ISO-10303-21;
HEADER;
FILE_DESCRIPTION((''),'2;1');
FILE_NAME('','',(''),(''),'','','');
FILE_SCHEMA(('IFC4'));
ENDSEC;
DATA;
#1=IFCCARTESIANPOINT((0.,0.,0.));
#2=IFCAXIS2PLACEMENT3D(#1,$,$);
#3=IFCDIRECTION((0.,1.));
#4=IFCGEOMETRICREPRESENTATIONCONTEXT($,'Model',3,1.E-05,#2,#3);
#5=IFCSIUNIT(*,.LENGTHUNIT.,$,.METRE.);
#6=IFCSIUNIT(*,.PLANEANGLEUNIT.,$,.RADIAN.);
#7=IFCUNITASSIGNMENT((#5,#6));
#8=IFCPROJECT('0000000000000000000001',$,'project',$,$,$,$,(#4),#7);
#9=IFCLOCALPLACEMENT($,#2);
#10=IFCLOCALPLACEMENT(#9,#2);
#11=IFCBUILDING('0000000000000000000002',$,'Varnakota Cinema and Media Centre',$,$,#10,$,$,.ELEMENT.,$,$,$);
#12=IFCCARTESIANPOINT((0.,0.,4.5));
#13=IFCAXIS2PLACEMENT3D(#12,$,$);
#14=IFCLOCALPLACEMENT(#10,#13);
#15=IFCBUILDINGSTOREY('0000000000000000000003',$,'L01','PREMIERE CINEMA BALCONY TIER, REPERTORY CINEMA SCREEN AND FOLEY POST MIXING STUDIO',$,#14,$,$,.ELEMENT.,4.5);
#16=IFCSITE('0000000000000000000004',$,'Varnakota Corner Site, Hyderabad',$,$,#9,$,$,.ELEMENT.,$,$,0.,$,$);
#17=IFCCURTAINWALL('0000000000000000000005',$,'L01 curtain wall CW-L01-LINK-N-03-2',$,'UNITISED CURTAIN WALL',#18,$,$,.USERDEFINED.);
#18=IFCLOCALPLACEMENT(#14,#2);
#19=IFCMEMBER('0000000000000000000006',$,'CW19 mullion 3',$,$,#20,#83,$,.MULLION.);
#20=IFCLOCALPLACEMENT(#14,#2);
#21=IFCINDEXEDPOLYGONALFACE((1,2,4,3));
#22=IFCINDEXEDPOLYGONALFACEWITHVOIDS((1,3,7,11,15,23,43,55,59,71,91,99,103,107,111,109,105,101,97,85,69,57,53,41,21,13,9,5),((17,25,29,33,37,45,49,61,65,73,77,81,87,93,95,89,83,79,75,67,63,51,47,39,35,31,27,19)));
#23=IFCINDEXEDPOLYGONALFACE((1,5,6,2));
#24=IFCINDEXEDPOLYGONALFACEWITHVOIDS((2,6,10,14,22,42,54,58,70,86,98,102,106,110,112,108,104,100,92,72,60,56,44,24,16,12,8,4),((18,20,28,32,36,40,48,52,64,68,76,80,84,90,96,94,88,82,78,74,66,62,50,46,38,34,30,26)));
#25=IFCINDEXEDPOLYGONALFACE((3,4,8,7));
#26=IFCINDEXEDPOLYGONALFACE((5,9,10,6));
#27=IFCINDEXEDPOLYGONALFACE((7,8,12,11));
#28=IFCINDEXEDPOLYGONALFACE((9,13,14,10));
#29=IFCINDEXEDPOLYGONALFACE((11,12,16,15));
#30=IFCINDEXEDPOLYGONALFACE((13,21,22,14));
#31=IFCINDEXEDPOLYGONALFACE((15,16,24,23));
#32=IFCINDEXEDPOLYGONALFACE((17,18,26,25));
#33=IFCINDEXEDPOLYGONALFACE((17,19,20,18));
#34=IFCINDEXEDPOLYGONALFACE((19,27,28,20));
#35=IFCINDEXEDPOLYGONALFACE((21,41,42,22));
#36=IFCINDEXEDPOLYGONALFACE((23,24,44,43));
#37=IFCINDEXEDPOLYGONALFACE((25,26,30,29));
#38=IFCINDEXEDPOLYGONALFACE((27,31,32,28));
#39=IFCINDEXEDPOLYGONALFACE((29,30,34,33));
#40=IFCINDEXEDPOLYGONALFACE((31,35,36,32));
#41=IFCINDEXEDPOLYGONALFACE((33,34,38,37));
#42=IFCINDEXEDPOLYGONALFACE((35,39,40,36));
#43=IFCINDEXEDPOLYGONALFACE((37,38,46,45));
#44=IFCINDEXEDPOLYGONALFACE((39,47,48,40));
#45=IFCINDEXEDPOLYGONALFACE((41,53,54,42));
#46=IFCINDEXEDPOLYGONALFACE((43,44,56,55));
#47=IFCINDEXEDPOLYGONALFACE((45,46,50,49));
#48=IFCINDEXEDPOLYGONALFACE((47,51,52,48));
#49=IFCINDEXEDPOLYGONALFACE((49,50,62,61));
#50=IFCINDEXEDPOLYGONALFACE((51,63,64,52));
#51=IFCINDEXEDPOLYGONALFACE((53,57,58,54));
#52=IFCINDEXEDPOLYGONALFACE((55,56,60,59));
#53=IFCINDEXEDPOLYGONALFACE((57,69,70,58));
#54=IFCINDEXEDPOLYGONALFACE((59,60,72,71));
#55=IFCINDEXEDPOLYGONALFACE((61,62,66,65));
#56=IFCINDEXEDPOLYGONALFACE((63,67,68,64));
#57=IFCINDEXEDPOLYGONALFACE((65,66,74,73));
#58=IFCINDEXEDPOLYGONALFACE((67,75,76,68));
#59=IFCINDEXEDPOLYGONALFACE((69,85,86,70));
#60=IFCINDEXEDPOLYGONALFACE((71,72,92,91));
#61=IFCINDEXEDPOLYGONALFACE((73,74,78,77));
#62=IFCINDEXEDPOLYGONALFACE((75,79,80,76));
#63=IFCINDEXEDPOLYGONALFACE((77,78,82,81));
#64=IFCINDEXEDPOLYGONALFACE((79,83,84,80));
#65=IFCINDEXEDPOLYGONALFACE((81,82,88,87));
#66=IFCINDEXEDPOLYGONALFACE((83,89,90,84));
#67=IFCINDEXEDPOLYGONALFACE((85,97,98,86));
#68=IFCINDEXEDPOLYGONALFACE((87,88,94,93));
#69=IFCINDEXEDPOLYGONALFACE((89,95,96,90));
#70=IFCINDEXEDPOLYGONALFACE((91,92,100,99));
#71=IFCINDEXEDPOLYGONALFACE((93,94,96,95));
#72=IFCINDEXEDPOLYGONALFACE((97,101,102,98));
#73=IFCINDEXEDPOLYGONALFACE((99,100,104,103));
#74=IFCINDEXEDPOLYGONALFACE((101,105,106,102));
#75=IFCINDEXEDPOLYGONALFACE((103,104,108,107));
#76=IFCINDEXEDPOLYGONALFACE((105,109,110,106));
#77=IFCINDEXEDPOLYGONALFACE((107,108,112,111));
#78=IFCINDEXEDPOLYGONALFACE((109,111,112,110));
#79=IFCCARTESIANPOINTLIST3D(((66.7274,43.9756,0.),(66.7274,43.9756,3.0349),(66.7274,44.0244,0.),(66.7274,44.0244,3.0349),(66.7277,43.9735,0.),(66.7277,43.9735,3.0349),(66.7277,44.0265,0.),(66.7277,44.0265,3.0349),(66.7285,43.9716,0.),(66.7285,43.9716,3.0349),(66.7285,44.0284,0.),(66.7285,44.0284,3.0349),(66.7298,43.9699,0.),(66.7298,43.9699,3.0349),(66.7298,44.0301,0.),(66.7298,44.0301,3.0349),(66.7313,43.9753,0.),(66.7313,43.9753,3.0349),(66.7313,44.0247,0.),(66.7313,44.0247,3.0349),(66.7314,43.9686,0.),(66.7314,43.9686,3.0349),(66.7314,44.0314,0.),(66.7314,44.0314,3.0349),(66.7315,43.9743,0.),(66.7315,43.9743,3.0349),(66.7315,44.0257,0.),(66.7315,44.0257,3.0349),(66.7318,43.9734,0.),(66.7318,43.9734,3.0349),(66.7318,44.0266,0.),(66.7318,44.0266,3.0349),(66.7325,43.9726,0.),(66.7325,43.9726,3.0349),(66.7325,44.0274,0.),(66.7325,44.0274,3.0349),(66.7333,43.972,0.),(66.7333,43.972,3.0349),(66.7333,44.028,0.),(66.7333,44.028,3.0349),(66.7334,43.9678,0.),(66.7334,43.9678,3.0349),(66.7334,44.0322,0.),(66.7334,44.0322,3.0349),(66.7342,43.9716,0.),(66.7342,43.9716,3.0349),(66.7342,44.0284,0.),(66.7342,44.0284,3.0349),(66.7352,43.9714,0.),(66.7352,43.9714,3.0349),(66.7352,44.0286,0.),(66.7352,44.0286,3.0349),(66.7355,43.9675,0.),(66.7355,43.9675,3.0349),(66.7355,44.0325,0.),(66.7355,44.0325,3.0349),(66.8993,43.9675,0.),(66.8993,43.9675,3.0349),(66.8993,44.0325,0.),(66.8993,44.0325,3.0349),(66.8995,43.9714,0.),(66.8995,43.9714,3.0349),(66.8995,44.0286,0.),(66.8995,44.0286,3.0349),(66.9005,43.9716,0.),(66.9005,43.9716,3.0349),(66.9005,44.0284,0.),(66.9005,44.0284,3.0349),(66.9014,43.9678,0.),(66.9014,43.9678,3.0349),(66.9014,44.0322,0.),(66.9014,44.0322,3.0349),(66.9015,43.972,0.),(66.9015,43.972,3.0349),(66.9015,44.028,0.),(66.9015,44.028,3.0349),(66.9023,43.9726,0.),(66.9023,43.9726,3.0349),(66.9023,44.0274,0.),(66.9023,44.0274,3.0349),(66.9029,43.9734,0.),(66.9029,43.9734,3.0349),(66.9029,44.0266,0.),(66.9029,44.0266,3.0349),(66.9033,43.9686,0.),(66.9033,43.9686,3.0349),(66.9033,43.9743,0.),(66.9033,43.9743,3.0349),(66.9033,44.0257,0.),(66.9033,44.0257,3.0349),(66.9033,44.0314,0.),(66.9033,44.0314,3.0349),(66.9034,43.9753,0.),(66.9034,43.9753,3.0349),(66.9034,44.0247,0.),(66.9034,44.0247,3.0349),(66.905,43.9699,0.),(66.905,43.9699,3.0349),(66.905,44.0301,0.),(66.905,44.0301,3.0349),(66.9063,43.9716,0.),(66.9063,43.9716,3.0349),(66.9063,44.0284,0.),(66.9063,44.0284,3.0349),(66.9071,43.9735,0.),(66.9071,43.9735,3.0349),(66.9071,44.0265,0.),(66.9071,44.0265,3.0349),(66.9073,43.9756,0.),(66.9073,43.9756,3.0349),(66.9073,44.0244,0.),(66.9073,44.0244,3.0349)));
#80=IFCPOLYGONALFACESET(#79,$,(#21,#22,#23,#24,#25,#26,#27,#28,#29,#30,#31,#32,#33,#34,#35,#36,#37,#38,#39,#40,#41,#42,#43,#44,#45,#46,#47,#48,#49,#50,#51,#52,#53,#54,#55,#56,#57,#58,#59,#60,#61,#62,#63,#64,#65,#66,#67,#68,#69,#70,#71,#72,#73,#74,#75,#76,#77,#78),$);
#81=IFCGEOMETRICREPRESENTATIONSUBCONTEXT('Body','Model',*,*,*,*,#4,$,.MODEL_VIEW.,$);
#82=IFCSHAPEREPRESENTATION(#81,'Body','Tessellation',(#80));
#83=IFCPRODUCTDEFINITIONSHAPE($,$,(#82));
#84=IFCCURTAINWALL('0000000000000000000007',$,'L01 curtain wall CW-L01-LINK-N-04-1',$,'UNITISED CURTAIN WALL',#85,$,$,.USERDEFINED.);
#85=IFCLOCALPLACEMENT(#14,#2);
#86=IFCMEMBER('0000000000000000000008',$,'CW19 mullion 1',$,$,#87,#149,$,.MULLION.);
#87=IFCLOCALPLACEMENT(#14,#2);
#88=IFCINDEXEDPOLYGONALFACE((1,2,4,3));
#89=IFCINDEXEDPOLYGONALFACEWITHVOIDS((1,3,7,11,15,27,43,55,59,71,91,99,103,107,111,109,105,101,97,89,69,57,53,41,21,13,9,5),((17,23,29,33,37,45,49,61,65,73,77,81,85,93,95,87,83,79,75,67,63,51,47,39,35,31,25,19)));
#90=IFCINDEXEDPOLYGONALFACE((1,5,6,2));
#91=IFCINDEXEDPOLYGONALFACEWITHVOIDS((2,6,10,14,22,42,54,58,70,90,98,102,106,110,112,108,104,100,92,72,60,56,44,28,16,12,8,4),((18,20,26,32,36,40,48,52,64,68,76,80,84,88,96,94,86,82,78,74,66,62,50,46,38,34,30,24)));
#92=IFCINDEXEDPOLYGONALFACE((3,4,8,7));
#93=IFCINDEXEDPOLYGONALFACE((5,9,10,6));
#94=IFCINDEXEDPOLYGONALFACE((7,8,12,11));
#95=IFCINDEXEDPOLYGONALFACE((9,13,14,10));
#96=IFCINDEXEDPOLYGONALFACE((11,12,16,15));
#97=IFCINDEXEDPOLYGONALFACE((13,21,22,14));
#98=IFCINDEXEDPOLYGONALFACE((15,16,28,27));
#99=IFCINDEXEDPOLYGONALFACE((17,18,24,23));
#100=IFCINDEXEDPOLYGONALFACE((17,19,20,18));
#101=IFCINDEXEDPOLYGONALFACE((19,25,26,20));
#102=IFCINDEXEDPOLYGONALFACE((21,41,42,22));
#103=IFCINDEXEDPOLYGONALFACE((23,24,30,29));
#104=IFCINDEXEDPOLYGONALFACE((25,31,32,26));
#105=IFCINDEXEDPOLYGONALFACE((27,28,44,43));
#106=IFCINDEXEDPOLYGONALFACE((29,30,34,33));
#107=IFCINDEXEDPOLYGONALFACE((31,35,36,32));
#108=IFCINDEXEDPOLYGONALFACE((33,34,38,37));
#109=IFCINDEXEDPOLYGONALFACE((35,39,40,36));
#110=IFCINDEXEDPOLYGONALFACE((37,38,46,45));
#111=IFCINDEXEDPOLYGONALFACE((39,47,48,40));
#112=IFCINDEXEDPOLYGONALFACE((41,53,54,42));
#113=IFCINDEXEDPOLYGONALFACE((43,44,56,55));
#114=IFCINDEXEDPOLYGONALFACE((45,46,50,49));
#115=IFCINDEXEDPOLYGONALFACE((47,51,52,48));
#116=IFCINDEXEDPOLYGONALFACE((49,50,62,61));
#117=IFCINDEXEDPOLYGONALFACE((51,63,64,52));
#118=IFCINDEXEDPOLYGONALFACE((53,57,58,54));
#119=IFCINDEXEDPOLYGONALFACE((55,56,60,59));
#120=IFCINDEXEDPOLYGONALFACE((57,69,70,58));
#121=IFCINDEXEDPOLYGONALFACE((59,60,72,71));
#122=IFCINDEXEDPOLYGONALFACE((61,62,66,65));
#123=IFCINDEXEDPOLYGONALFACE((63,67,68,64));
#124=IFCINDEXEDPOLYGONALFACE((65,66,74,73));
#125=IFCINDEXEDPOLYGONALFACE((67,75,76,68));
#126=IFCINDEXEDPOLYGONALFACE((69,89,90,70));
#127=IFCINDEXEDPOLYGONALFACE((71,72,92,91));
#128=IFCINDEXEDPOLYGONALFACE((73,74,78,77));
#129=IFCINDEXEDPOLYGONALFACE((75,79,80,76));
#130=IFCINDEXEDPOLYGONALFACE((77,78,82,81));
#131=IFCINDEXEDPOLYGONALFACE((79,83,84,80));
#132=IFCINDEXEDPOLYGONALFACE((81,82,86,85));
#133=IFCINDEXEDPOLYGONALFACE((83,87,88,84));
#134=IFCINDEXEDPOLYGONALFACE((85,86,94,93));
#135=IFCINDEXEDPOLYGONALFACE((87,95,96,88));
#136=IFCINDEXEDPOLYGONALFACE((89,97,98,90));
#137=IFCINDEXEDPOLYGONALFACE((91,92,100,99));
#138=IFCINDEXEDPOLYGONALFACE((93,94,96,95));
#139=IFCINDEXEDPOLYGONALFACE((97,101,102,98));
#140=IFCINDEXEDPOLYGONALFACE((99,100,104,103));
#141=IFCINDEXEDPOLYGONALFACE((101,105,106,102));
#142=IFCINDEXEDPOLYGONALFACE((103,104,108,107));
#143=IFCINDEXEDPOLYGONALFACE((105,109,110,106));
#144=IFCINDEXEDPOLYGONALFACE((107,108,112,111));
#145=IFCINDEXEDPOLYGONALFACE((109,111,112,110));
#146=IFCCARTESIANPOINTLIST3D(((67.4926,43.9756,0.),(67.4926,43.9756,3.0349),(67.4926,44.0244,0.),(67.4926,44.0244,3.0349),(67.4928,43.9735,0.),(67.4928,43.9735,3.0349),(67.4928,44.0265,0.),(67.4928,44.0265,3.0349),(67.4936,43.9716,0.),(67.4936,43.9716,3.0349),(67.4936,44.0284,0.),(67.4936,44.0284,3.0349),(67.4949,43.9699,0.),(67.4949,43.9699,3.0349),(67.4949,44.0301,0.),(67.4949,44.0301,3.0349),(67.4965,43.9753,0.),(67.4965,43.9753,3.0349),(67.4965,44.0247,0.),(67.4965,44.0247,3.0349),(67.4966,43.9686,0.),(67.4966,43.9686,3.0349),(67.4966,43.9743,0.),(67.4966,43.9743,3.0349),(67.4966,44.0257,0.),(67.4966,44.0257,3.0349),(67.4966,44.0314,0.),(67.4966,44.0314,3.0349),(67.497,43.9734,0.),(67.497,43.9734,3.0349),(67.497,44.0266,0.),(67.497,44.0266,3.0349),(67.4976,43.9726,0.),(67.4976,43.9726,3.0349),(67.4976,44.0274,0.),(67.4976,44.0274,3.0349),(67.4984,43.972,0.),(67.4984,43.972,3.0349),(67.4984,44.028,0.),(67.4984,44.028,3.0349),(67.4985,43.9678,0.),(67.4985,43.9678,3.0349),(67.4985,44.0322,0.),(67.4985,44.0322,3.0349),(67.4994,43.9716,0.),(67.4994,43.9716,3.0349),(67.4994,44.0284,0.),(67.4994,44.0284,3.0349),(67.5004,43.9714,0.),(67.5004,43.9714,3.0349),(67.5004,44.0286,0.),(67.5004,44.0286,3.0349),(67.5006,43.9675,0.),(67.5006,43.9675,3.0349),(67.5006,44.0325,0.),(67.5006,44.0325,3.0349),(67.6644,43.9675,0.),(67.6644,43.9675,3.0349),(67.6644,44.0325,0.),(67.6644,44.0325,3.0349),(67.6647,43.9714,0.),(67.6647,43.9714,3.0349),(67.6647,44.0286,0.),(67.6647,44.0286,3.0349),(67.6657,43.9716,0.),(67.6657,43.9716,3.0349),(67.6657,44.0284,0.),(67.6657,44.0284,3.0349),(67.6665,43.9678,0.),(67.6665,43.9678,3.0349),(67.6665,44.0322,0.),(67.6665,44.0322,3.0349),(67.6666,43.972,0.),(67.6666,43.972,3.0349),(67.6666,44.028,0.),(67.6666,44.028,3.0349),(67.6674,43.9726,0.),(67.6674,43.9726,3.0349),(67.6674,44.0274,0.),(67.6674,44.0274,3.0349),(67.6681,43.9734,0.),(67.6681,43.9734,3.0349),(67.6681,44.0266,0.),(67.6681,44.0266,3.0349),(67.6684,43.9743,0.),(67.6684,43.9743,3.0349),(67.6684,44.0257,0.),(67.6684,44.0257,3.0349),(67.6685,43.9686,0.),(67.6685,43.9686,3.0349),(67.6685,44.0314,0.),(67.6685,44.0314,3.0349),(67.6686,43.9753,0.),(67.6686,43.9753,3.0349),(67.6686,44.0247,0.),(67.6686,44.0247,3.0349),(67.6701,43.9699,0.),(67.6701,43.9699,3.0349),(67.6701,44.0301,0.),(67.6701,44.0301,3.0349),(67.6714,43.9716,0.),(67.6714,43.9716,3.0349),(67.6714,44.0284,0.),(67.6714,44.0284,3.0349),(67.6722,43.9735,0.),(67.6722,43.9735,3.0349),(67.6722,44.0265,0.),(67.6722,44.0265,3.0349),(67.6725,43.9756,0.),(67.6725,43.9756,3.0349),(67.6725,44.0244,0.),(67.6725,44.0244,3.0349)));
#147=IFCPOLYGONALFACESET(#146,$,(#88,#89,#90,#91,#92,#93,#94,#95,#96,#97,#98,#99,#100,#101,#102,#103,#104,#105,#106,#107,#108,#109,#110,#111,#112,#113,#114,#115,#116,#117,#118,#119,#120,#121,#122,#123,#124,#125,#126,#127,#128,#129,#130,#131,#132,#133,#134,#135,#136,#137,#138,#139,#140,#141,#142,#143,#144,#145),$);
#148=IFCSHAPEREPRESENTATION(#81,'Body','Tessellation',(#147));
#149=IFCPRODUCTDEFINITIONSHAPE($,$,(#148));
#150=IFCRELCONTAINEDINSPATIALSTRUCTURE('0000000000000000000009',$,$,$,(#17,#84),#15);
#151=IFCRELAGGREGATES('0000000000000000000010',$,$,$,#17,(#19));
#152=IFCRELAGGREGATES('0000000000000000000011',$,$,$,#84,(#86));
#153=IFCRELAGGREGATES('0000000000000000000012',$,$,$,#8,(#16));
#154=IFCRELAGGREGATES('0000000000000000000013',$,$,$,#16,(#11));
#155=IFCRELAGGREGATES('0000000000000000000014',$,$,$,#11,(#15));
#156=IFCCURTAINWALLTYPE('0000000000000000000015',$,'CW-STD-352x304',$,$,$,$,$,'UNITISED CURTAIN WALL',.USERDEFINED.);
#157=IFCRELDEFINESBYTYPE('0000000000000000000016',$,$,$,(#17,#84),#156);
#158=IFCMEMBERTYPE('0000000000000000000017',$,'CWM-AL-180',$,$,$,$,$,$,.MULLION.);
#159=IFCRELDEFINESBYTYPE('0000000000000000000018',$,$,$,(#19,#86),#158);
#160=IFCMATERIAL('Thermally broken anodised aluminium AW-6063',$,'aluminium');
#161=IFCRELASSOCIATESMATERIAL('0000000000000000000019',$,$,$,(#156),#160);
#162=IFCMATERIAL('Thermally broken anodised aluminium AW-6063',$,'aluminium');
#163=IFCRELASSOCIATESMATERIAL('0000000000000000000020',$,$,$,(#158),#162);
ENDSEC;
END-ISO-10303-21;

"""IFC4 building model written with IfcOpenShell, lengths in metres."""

from ifc_helpers import new_model, si_unit, direction, frame, origin, origin_2d, place, context, subcontext, project, spatial, hollow_rectangle, extrude, material, material_profile, profile_set, type_object, element, aggregate, save


model = new_model("IFC4")

# Units and contexts
model_context = context("Model", 3, precision=1e-05, world=origin(), true_north=direction((0.0, 1.0)))
body_context = subcontext(model_context, "Body", "Model", "MODEL_VIEW")
ifc_project = project(units=[si_unit("LENGTHUNIT", "METRE"), si_unit("PLANEANGLEUNIT", "RADIAN")], contexts=[model_context])

# Site, building, storey
site_placement = place(None, origin())
site = spatial("IfcSite", under=ifc_project, at=site_placement, Name="Varnakota Corner Site, Hyderabad", CompositionType="ELEMENT", RefElevation=0.0)
building_placement = place(site_placement, origin())
building = spatial("IfcBuilding", under=site, at=building_placement, Name="Varnakota Cinema and Media Centre", CompositionType="ELEMENT")
storey_placement = place(building_placement, frame((0.0, 0.0, 4.5)))
storey = spatial("IfcBuildingStorey", under=building, at=storey_placement, Name="L01", Description="PREMIERE CINEMA BALCONY TIER, REPERTORY CINEMA SCREEN AND FOLEY POST MIXING STUDIO", CompositionType="ELEMENT", Elevation=4.5)

# Curtain walls, members
ifc_material_1 = material(Name="Thermally broken anodised aluminium AW-6063", Category="aluminium")
curtain_wall_type_1 = type_object("IfcCurtainWallType", Name="CW-STD-352x304", ElementType="UNITISED CURTAIN WALL", PredefinedType="USERDEFINED", material=ifc_material_1)
curtain_wall_1_placement = place(storey_placement, origin())
curtain_wall_1 = element("IfcCurtainWall", 1, at=curtain_wall_1_placement, inside=storey, type_object=curtain_wall_type_1, Name="L01 curtain wall CW-L01-LINK-N-03-2", ObjectType="UNITISED CURTAIN WALL", PredefinedType="USERDEFINED")
ifc_material_2 = material(Name="Thermally broken anodised aluminium AW-6063", Category="aluminium")
ifc_material_profile_1 = material_profile(ifc_material_2, hollow_rectangle(XDim=0.0649, YDim=0.1799, WallThickness=0.0039, InnerFilletRadius=0.0039, OuterFilletRadius=0.0081, at=origin_2d()), Name="AL-MULLION 180x65x4")
ifc_profile_set_1 = profile_set([ifc_material_profile_1], Name="Thermally broken anodised aluminium AW-6063")
member_type_1 = type_object("IfcMemberType", Name="CWM-AL-180", PredefinedType="MULLION", material=ifc_profile_set_1)
member_1_placement = place(storey_placement, frame((66.8174, 44.0, 0.0), z_axis=(0.0, 0.0, 1.0), x_axis=(0.0, 1.0, 0.0)))
member_1 = element("IfcMember", 2, at=member_1_placement, type_object=member_type_1, Name="CW19 mullion 3", PredefinedType="MULLION", context=body_context, shape_type="SweptSolid", body=[
    extrude(hollow_rectangle(XDim=0.0649, YDim=0.1799, WallThickness=0.0039, InnerFilletRadius=0.0039, OuterFilletRadius=0.0081, at=origin_2d()), origin(), (0.0, 0.0, 1.0), 3.0349),
])
curtain_wall_2_placement = place(storey_placement, origin())
curtain_wall_2 = element("IfcCurtainWall", 3, at=curtain_wall_2_placement, inside=storey, type_object=curtain_wall_type_1, Name="L01 curtain wall CW-L01-LINK-N-04-1", ObjectType="UNITISED CURTAIN WALL", PredefinedType="USERDEFINED")
member_2_placement = place(storey_placement, frame((67.5825, 44.0, 0.0), z_axis=(0.0, 0.0, 1.0), x_axis=(0.0, 1.0, 0.0)))
member_2 = element("IfcMember", 4, at=member_2_placement, type_object=member_type_1, Name="CW19 mullion 1", PredefinedType="MULLION", context=body_context, shape_type="SweptSolid", body=[
    extrude(hollow_rectangle(XDim=0.0649, YDim=0.1799, WallThickness=0.0039, InnerFilletRadius=0.0039, OuterFilletRadius=0.0081, at=origin_2d()), origin(), (0.0, 0.0, 1.0), 3.0349),
])

aggregate(curtain_wall_1, [member_1])
aggregate(curtain_wall_2, [member_2])

save(model, "model.ifc")
